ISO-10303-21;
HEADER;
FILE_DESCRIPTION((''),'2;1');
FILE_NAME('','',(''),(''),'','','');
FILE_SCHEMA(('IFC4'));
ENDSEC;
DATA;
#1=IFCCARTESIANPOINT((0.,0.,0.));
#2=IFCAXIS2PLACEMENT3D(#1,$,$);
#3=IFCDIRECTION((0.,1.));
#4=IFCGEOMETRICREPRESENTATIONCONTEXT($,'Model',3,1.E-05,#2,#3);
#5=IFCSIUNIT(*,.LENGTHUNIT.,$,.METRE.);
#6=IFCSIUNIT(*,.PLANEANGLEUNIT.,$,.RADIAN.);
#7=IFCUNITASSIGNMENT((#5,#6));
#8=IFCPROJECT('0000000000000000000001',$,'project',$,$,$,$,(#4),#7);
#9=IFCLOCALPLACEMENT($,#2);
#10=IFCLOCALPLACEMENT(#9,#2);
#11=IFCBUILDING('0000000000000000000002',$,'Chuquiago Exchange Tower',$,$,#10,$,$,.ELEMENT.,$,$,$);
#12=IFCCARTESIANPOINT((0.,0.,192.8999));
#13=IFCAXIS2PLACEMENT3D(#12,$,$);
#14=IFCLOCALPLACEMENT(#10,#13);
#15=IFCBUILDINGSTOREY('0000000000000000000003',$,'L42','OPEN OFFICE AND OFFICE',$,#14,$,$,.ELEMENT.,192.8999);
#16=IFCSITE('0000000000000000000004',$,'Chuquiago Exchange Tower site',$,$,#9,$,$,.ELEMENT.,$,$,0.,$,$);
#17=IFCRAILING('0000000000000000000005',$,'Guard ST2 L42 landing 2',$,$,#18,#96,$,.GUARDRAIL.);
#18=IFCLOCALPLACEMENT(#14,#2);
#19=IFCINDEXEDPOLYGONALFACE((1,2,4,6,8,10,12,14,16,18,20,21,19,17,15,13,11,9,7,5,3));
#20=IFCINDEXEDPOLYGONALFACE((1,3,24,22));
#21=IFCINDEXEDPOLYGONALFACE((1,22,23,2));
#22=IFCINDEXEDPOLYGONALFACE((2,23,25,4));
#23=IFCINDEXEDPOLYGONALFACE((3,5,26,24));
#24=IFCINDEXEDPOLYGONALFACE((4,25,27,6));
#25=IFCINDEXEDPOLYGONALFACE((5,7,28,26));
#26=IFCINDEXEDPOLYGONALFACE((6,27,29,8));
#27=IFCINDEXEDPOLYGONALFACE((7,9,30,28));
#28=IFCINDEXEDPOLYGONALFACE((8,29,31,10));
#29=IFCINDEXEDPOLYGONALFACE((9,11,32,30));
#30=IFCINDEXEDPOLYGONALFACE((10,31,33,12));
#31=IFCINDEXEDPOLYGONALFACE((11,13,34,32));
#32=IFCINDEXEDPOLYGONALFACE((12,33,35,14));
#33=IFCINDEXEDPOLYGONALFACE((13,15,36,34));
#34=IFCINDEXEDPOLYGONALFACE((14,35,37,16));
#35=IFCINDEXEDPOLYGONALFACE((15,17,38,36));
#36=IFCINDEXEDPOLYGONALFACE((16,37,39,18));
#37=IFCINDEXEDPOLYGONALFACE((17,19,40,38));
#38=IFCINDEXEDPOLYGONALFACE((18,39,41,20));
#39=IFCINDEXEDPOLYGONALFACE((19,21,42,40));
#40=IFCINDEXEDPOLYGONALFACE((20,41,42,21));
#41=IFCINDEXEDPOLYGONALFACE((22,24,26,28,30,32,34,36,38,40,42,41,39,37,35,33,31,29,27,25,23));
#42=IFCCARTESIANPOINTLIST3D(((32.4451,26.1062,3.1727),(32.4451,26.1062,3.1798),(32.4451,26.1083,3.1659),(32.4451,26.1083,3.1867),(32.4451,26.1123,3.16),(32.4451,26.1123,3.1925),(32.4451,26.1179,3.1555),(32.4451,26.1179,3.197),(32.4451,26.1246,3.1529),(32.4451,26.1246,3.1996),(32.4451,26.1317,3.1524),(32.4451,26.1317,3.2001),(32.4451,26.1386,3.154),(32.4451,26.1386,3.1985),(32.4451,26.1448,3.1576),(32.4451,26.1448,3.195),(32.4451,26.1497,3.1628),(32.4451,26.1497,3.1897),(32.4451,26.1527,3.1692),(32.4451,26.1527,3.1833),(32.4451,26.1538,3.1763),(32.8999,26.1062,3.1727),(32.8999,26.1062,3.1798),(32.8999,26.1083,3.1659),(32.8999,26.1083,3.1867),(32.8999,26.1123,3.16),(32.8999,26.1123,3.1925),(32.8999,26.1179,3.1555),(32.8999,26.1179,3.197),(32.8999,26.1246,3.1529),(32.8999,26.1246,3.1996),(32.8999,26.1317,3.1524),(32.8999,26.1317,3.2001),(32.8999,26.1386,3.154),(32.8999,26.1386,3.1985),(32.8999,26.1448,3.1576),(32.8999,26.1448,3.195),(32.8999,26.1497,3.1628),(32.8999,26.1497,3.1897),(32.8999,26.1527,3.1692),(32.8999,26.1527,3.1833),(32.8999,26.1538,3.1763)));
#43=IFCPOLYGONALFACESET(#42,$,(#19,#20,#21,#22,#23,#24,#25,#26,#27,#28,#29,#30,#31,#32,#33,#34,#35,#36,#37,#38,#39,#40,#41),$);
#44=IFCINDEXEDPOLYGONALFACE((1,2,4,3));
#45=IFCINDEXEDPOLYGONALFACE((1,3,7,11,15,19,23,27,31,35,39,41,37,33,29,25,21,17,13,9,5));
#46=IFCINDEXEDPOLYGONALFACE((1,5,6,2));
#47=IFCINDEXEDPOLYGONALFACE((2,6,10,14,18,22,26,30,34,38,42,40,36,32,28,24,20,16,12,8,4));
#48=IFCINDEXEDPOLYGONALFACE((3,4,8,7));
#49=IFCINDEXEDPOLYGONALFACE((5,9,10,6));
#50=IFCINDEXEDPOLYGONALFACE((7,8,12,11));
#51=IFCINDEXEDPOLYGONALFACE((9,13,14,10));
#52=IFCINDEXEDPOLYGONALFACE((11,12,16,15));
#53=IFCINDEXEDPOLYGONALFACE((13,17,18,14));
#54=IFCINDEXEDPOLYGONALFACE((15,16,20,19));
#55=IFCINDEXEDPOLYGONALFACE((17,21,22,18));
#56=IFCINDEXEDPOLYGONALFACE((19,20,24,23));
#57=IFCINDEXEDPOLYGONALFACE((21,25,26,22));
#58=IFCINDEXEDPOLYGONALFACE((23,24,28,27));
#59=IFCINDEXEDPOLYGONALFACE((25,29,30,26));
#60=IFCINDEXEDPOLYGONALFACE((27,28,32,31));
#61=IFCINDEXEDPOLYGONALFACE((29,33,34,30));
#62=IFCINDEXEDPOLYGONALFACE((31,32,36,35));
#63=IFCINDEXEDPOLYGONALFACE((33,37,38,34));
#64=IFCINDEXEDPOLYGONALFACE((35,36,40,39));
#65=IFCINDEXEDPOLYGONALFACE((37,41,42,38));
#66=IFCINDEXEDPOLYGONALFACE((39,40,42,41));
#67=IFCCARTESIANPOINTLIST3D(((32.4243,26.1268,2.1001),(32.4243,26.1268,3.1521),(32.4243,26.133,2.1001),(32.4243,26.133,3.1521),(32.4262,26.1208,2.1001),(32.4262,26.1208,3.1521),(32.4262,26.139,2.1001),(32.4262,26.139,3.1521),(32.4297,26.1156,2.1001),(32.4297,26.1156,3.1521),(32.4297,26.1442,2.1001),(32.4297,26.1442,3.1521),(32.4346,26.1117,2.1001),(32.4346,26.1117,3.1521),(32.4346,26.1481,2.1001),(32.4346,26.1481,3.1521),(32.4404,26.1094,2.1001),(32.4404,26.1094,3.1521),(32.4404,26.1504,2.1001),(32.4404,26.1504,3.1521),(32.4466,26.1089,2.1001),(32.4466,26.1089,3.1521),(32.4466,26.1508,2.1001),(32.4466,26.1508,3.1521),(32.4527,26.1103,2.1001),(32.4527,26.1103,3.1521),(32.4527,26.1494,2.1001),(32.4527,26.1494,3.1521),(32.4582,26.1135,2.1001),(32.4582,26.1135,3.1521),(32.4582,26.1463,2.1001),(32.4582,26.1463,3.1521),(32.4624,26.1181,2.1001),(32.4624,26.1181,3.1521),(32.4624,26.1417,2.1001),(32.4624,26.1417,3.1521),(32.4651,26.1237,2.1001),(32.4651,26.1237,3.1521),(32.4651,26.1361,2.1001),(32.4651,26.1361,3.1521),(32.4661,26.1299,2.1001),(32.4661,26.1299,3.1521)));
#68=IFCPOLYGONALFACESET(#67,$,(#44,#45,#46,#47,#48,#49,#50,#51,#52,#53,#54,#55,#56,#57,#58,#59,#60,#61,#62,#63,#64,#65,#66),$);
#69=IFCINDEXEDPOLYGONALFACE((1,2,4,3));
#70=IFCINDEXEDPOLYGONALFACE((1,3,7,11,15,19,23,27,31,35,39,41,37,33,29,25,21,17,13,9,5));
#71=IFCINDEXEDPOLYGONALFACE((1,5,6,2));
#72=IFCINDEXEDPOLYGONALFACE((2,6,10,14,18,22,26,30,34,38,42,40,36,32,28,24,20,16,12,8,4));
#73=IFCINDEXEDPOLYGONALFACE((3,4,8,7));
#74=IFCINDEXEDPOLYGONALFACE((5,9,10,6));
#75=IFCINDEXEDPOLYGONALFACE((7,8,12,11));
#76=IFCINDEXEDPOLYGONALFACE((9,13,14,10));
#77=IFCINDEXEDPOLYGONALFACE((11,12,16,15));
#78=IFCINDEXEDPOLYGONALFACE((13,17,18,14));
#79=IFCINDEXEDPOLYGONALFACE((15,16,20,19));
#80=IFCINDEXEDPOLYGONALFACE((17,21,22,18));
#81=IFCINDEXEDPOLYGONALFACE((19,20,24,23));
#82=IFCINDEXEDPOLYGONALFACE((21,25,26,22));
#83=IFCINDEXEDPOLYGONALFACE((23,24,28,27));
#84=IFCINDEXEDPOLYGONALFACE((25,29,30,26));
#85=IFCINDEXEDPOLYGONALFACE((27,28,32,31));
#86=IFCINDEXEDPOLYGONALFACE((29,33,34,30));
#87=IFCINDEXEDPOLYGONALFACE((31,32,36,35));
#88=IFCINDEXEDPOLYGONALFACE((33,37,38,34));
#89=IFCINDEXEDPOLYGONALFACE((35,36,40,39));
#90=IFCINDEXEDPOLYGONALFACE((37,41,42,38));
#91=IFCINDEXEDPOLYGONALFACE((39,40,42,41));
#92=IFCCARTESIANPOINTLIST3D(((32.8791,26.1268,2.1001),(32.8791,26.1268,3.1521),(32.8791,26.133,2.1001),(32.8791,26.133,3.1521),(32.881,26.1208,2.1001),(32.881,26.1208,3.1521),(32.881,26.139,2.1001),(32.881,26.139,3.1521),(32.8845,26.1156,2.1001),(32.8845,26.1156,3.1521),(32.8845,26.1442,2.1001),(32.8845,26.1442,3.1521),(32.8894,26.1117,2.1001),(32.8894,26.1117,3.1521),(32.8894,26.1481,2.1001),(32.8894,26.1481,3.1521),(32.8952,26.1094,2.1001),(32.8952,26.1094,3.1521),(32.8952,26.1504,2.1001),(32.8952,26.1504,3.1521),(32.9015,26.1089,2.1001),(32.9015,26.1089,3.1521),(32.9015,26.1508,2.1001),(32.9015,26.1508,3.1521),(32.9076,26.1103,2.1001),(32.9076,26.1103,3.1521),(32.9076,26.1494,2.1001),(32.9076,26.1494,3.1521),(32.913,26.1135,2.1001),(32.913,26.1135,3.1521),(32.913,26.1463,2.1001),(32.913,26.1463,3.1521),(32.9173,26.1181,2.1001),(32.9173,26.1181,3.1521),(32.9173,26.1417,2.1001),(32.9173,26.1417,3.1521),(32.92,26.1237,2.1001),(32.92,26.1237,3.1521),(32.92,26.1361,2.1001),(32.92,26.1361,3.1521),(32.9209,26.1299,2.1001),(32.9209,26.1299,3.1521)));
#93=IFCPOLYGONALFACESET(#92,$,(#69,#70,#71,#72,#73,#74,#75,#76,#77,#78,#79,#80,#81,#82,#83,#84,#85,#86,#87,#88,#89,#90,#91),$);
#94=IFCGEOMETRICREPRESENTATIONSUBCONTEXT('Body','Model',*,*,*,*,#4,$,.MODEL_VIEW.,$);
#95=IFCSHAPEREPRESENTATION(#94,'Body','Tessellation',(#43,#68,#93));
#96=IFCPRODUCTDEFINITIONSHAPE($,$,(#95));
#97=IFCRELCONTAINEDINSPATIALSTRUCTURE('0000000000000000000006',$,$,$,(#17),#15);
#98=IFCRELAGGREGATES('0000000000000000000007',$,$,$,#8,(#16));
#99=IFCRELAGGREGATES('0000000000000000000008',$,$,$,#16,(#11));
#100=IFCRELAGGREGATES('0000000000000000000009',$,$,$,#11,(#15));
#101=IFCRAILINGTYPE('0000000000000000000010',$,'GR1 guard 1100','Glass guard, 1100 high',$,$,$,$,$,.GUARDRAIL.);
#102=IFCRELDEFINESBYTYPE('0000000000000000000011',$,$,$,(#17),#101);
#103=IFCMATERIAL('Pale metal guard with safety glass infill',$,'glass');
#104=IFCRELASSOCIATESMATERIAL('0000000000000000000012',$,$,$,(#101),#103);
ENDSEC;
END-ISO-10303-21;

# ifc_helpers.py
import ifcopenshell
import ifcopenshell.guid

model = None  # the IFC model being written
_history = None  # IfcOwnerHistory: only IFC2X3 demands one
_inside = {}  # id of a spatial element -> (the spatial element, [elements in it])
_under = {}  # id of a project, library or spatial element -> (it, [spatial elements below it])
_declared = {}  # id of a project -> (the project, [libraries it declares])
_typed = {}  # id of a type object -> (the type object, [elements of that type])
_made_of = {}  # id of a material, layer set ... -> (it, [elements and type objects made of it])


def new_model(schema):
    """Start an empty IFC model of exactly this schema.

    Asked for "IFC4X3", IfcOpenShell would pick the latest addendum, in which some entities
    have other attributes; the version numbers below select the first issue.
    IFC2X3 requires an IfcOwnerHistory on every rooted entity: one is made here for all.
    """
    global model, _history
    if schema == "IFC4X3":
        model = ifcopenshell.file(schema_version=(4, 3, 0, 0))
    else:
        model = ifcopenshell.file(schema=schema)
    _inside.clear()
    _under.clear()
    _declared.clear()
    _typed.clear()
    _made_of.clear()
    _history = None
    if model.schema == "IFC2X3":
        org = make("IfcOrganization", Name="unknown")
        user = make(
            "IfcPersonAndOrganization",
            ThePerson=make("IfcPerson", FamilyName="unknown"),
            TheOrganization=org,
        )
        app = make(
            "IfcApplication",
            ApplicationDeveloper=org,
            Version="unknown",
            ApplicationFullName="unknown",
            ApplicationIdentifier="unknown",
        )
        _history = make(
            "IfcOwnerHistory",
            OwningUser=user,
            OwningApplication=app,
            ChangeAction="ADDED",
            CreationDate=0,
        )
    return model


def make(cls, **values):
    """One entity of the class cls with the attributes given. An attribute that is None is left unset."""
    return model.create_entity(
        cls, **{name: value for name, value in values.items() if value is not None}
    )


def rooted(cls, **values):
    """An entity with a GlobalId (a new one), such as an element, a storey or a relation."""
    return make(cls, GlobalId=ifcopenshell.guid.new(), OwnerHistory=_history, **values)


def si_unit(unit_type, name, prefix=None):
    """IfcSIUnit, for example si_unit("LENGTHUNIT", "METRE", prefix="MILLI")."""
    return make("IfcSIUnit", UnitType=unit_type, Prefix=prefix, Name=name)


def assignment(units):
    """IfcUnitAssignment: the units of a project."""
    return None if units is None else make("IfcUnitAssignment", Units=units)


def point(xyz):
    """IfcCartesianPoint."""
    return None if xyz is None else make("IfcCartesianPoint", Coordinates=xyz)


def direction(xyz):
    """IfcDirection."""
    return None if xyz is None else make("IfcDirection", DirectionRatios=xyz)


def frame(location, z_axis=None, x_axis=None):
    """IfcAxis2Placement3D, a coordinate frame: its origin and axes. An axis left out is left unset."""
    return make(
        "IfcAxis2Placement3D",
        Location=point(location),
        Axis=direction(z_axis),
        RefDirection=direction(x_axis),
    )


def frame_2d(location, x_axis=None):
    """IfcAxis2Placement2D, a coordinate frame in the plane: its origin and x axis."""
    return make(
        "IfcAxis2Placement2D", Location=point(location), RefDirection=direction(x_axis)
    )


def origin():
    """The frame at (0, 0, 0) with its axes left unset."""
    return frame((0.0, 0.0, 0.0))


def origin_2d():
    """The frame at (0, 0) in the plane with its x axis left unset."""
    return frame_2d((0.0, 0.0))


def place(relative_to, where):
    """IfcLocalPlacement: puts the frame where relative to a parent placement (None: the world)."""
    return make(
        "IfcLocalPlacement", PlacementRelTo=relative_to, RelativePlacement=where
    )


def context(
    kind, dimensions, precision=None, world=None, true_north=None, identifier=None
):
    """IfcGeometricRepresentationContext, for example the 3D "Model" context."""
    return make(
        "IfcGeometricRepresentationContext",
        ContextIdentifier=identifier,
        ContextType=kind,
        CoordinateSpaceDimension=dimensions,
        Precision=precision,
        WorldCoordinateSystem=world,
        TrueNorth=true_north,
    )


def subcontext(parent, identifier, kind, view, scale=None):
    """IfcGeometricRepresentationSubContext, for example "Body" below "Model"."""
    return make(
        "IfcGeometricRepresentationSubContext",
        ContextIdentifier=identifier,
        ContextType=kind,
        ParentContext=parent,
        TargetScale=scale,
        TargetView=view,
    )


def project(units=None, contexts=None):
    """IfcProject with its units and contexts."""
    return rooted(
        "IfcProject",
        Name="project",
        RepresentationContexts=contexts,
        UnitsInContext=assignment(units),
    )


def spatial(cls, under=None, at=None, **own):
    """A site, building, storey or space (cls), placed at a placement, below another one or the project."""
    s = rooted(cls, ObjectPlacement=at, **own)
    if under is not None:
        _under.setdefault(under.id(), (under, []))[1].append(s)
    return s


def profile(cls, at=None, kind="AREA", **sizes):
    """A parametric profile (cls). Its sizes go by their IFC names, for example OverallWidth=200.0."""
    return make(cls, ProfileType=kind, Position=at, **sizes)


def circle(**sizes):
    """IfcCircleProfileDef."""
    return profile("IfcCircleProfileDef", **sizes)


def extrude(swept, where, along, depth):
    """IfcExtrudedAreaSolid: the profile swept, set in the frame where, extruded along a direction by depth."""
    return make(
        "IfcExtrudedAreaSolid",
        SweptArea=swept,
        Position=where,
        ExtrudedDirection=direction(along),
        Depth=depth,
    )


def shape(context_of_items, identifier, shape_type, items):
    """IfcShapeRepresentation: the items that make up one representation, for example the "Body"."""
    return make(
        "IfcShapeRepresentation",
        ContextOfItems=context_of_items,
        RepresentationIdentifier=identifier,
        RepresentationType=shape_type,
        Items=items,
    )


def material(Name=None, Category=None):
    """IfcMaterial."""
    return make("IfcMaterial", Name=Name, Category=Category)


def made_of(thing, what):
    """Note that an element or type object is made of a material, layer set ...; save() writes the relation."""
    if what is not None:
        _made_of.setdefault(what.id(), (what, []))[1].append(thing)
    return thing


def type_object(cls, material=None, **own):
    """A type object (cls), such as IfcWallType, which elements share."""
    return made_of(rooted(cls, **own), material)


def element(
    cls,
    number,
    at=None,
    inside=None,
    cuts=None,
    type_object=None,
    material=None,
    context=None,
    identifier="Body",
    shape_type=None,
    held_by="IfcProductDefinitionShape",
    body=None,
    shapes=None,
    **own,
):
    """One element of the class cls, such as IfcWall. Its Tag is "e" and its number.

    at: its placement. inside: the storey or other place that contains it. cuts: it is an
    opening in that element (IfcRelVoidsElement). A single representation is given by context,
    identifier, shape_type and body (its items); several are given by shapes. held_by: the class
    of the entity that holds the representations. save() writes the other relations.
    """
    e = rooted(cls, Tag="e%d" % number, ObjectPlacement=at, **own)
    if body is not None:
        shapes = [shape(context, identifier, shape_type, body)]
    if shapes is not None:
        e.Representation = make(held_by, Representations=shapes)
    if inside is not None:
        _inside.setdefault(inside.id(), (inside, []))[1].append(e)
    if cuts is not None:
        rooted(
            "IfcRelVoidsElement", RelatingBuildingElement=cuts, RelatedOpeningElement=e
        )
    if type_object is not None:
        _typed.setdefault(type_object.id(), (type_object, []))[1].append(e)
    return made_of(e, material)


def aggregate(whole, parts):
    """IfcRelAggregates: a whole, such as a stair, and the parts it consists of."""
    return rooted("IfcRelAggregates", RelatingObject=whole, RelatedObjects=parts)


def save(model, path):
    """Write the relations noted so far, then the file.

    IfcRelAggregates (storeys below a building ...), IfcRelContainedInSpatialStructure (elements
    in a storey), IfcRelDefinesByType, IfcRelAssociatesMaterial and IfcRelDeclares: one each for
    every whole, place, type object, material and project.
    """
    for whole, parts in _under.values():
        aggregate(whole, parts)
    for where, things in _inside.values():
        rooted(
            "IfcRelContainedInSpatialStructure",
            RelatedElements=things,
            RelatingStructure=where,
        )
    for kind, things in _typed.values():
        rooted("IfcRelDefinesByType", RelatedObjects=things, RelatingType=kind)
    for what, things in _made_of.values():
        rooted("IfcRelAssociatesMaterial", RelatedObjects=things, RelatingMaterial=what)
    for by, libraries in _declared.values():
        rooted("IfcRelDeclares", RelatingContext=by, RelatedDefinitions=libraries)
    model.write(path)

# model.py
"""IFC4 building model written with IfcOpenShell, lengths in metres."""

from ifc_helpers import new_model, si_unit, direction, frame, origin, origin_2d, place, context, subcontext, project, spatial, circle, extrude, material, type_object, element, save


model = new_model("IFC4")

# Units and contexts
model_context = context("Model", 3, precision=1e-05, world=origin(), true_north=direction((0.0, 1.0)))
body_context = subcontext(model_context, "Body", "Model", "MODEL_VIEW")
ifc_project = project(units=[si_unit("LENGTHUNIT", "METRE"), si_unit("PLANEANGLEUNIT", "RADIAN")], contexts=[model_context])

# Site, building, storey
site_placement = place(None, origin())
site = spatial("IfcSite", under=ifc_project, at=site_placement, Name="Chuquiago Exchange Tower site", CompositionType="ELEMENT", RefElevation=0.0)
building_placement = place(site_placement, origin())
building = spatial("IfcBuilding", under=site, at=building_placement, Name="Chuquiago Exchange Tower", CompositionType="ELEMENT")
storey_placement = place(building_placement, frame((0.0, 0.0, 192.8999)))
storey = spatial("IfcBuildingStorey", under=building, at=storey_placement, Name="L42", Description="OPEN OFFICE AND OFFICE", CompositionType="ELEMENT", Elevation=192.8999)

# Railing
ifc_material_1 = material(Name="Pale metal guard with safety glass infill", Category="glass")
railing_type_1 = type_object("IfcRailingType", Name="GR1 guard 1100", Description="Glass guard, 1100 high", PredefinedType="GUARDRAIL", material=ifc_material_1)
railing_1_placement = place(storey_placement, frame((32.4451, 26.1299, 2.1001)))
element("IfcRailing", 1, at=railing_1_placement, inside=storey, type_object=railing_type_1, Name="Guard ST2 L42 landing 2", PredefinedType="GUARDRAIL", context=body_context, shape_type="SweptSolid", body=[
    extrude(circle(Radius=0.0239, at=origin_2d()), frame((0.0, 0.0, 1.0762), z_axis=(1.0, 0.0, 0.0), x_axis=(0.0, 1.0, 0.0)), (0.0, 0.0, 1.0), 0.4548),
    extrude(circle(Radius=0.021, at=origin_2d()), origin(), (0.0, 0.0, 1.0), 1.052),
    extrude(circle(Radius=0.021, at=origin_2d()), frame((0.4548, 0.0, 0.0)), (0.0, 0.0, 1.0), 1.052),
])

save(model, "model.ifc")
